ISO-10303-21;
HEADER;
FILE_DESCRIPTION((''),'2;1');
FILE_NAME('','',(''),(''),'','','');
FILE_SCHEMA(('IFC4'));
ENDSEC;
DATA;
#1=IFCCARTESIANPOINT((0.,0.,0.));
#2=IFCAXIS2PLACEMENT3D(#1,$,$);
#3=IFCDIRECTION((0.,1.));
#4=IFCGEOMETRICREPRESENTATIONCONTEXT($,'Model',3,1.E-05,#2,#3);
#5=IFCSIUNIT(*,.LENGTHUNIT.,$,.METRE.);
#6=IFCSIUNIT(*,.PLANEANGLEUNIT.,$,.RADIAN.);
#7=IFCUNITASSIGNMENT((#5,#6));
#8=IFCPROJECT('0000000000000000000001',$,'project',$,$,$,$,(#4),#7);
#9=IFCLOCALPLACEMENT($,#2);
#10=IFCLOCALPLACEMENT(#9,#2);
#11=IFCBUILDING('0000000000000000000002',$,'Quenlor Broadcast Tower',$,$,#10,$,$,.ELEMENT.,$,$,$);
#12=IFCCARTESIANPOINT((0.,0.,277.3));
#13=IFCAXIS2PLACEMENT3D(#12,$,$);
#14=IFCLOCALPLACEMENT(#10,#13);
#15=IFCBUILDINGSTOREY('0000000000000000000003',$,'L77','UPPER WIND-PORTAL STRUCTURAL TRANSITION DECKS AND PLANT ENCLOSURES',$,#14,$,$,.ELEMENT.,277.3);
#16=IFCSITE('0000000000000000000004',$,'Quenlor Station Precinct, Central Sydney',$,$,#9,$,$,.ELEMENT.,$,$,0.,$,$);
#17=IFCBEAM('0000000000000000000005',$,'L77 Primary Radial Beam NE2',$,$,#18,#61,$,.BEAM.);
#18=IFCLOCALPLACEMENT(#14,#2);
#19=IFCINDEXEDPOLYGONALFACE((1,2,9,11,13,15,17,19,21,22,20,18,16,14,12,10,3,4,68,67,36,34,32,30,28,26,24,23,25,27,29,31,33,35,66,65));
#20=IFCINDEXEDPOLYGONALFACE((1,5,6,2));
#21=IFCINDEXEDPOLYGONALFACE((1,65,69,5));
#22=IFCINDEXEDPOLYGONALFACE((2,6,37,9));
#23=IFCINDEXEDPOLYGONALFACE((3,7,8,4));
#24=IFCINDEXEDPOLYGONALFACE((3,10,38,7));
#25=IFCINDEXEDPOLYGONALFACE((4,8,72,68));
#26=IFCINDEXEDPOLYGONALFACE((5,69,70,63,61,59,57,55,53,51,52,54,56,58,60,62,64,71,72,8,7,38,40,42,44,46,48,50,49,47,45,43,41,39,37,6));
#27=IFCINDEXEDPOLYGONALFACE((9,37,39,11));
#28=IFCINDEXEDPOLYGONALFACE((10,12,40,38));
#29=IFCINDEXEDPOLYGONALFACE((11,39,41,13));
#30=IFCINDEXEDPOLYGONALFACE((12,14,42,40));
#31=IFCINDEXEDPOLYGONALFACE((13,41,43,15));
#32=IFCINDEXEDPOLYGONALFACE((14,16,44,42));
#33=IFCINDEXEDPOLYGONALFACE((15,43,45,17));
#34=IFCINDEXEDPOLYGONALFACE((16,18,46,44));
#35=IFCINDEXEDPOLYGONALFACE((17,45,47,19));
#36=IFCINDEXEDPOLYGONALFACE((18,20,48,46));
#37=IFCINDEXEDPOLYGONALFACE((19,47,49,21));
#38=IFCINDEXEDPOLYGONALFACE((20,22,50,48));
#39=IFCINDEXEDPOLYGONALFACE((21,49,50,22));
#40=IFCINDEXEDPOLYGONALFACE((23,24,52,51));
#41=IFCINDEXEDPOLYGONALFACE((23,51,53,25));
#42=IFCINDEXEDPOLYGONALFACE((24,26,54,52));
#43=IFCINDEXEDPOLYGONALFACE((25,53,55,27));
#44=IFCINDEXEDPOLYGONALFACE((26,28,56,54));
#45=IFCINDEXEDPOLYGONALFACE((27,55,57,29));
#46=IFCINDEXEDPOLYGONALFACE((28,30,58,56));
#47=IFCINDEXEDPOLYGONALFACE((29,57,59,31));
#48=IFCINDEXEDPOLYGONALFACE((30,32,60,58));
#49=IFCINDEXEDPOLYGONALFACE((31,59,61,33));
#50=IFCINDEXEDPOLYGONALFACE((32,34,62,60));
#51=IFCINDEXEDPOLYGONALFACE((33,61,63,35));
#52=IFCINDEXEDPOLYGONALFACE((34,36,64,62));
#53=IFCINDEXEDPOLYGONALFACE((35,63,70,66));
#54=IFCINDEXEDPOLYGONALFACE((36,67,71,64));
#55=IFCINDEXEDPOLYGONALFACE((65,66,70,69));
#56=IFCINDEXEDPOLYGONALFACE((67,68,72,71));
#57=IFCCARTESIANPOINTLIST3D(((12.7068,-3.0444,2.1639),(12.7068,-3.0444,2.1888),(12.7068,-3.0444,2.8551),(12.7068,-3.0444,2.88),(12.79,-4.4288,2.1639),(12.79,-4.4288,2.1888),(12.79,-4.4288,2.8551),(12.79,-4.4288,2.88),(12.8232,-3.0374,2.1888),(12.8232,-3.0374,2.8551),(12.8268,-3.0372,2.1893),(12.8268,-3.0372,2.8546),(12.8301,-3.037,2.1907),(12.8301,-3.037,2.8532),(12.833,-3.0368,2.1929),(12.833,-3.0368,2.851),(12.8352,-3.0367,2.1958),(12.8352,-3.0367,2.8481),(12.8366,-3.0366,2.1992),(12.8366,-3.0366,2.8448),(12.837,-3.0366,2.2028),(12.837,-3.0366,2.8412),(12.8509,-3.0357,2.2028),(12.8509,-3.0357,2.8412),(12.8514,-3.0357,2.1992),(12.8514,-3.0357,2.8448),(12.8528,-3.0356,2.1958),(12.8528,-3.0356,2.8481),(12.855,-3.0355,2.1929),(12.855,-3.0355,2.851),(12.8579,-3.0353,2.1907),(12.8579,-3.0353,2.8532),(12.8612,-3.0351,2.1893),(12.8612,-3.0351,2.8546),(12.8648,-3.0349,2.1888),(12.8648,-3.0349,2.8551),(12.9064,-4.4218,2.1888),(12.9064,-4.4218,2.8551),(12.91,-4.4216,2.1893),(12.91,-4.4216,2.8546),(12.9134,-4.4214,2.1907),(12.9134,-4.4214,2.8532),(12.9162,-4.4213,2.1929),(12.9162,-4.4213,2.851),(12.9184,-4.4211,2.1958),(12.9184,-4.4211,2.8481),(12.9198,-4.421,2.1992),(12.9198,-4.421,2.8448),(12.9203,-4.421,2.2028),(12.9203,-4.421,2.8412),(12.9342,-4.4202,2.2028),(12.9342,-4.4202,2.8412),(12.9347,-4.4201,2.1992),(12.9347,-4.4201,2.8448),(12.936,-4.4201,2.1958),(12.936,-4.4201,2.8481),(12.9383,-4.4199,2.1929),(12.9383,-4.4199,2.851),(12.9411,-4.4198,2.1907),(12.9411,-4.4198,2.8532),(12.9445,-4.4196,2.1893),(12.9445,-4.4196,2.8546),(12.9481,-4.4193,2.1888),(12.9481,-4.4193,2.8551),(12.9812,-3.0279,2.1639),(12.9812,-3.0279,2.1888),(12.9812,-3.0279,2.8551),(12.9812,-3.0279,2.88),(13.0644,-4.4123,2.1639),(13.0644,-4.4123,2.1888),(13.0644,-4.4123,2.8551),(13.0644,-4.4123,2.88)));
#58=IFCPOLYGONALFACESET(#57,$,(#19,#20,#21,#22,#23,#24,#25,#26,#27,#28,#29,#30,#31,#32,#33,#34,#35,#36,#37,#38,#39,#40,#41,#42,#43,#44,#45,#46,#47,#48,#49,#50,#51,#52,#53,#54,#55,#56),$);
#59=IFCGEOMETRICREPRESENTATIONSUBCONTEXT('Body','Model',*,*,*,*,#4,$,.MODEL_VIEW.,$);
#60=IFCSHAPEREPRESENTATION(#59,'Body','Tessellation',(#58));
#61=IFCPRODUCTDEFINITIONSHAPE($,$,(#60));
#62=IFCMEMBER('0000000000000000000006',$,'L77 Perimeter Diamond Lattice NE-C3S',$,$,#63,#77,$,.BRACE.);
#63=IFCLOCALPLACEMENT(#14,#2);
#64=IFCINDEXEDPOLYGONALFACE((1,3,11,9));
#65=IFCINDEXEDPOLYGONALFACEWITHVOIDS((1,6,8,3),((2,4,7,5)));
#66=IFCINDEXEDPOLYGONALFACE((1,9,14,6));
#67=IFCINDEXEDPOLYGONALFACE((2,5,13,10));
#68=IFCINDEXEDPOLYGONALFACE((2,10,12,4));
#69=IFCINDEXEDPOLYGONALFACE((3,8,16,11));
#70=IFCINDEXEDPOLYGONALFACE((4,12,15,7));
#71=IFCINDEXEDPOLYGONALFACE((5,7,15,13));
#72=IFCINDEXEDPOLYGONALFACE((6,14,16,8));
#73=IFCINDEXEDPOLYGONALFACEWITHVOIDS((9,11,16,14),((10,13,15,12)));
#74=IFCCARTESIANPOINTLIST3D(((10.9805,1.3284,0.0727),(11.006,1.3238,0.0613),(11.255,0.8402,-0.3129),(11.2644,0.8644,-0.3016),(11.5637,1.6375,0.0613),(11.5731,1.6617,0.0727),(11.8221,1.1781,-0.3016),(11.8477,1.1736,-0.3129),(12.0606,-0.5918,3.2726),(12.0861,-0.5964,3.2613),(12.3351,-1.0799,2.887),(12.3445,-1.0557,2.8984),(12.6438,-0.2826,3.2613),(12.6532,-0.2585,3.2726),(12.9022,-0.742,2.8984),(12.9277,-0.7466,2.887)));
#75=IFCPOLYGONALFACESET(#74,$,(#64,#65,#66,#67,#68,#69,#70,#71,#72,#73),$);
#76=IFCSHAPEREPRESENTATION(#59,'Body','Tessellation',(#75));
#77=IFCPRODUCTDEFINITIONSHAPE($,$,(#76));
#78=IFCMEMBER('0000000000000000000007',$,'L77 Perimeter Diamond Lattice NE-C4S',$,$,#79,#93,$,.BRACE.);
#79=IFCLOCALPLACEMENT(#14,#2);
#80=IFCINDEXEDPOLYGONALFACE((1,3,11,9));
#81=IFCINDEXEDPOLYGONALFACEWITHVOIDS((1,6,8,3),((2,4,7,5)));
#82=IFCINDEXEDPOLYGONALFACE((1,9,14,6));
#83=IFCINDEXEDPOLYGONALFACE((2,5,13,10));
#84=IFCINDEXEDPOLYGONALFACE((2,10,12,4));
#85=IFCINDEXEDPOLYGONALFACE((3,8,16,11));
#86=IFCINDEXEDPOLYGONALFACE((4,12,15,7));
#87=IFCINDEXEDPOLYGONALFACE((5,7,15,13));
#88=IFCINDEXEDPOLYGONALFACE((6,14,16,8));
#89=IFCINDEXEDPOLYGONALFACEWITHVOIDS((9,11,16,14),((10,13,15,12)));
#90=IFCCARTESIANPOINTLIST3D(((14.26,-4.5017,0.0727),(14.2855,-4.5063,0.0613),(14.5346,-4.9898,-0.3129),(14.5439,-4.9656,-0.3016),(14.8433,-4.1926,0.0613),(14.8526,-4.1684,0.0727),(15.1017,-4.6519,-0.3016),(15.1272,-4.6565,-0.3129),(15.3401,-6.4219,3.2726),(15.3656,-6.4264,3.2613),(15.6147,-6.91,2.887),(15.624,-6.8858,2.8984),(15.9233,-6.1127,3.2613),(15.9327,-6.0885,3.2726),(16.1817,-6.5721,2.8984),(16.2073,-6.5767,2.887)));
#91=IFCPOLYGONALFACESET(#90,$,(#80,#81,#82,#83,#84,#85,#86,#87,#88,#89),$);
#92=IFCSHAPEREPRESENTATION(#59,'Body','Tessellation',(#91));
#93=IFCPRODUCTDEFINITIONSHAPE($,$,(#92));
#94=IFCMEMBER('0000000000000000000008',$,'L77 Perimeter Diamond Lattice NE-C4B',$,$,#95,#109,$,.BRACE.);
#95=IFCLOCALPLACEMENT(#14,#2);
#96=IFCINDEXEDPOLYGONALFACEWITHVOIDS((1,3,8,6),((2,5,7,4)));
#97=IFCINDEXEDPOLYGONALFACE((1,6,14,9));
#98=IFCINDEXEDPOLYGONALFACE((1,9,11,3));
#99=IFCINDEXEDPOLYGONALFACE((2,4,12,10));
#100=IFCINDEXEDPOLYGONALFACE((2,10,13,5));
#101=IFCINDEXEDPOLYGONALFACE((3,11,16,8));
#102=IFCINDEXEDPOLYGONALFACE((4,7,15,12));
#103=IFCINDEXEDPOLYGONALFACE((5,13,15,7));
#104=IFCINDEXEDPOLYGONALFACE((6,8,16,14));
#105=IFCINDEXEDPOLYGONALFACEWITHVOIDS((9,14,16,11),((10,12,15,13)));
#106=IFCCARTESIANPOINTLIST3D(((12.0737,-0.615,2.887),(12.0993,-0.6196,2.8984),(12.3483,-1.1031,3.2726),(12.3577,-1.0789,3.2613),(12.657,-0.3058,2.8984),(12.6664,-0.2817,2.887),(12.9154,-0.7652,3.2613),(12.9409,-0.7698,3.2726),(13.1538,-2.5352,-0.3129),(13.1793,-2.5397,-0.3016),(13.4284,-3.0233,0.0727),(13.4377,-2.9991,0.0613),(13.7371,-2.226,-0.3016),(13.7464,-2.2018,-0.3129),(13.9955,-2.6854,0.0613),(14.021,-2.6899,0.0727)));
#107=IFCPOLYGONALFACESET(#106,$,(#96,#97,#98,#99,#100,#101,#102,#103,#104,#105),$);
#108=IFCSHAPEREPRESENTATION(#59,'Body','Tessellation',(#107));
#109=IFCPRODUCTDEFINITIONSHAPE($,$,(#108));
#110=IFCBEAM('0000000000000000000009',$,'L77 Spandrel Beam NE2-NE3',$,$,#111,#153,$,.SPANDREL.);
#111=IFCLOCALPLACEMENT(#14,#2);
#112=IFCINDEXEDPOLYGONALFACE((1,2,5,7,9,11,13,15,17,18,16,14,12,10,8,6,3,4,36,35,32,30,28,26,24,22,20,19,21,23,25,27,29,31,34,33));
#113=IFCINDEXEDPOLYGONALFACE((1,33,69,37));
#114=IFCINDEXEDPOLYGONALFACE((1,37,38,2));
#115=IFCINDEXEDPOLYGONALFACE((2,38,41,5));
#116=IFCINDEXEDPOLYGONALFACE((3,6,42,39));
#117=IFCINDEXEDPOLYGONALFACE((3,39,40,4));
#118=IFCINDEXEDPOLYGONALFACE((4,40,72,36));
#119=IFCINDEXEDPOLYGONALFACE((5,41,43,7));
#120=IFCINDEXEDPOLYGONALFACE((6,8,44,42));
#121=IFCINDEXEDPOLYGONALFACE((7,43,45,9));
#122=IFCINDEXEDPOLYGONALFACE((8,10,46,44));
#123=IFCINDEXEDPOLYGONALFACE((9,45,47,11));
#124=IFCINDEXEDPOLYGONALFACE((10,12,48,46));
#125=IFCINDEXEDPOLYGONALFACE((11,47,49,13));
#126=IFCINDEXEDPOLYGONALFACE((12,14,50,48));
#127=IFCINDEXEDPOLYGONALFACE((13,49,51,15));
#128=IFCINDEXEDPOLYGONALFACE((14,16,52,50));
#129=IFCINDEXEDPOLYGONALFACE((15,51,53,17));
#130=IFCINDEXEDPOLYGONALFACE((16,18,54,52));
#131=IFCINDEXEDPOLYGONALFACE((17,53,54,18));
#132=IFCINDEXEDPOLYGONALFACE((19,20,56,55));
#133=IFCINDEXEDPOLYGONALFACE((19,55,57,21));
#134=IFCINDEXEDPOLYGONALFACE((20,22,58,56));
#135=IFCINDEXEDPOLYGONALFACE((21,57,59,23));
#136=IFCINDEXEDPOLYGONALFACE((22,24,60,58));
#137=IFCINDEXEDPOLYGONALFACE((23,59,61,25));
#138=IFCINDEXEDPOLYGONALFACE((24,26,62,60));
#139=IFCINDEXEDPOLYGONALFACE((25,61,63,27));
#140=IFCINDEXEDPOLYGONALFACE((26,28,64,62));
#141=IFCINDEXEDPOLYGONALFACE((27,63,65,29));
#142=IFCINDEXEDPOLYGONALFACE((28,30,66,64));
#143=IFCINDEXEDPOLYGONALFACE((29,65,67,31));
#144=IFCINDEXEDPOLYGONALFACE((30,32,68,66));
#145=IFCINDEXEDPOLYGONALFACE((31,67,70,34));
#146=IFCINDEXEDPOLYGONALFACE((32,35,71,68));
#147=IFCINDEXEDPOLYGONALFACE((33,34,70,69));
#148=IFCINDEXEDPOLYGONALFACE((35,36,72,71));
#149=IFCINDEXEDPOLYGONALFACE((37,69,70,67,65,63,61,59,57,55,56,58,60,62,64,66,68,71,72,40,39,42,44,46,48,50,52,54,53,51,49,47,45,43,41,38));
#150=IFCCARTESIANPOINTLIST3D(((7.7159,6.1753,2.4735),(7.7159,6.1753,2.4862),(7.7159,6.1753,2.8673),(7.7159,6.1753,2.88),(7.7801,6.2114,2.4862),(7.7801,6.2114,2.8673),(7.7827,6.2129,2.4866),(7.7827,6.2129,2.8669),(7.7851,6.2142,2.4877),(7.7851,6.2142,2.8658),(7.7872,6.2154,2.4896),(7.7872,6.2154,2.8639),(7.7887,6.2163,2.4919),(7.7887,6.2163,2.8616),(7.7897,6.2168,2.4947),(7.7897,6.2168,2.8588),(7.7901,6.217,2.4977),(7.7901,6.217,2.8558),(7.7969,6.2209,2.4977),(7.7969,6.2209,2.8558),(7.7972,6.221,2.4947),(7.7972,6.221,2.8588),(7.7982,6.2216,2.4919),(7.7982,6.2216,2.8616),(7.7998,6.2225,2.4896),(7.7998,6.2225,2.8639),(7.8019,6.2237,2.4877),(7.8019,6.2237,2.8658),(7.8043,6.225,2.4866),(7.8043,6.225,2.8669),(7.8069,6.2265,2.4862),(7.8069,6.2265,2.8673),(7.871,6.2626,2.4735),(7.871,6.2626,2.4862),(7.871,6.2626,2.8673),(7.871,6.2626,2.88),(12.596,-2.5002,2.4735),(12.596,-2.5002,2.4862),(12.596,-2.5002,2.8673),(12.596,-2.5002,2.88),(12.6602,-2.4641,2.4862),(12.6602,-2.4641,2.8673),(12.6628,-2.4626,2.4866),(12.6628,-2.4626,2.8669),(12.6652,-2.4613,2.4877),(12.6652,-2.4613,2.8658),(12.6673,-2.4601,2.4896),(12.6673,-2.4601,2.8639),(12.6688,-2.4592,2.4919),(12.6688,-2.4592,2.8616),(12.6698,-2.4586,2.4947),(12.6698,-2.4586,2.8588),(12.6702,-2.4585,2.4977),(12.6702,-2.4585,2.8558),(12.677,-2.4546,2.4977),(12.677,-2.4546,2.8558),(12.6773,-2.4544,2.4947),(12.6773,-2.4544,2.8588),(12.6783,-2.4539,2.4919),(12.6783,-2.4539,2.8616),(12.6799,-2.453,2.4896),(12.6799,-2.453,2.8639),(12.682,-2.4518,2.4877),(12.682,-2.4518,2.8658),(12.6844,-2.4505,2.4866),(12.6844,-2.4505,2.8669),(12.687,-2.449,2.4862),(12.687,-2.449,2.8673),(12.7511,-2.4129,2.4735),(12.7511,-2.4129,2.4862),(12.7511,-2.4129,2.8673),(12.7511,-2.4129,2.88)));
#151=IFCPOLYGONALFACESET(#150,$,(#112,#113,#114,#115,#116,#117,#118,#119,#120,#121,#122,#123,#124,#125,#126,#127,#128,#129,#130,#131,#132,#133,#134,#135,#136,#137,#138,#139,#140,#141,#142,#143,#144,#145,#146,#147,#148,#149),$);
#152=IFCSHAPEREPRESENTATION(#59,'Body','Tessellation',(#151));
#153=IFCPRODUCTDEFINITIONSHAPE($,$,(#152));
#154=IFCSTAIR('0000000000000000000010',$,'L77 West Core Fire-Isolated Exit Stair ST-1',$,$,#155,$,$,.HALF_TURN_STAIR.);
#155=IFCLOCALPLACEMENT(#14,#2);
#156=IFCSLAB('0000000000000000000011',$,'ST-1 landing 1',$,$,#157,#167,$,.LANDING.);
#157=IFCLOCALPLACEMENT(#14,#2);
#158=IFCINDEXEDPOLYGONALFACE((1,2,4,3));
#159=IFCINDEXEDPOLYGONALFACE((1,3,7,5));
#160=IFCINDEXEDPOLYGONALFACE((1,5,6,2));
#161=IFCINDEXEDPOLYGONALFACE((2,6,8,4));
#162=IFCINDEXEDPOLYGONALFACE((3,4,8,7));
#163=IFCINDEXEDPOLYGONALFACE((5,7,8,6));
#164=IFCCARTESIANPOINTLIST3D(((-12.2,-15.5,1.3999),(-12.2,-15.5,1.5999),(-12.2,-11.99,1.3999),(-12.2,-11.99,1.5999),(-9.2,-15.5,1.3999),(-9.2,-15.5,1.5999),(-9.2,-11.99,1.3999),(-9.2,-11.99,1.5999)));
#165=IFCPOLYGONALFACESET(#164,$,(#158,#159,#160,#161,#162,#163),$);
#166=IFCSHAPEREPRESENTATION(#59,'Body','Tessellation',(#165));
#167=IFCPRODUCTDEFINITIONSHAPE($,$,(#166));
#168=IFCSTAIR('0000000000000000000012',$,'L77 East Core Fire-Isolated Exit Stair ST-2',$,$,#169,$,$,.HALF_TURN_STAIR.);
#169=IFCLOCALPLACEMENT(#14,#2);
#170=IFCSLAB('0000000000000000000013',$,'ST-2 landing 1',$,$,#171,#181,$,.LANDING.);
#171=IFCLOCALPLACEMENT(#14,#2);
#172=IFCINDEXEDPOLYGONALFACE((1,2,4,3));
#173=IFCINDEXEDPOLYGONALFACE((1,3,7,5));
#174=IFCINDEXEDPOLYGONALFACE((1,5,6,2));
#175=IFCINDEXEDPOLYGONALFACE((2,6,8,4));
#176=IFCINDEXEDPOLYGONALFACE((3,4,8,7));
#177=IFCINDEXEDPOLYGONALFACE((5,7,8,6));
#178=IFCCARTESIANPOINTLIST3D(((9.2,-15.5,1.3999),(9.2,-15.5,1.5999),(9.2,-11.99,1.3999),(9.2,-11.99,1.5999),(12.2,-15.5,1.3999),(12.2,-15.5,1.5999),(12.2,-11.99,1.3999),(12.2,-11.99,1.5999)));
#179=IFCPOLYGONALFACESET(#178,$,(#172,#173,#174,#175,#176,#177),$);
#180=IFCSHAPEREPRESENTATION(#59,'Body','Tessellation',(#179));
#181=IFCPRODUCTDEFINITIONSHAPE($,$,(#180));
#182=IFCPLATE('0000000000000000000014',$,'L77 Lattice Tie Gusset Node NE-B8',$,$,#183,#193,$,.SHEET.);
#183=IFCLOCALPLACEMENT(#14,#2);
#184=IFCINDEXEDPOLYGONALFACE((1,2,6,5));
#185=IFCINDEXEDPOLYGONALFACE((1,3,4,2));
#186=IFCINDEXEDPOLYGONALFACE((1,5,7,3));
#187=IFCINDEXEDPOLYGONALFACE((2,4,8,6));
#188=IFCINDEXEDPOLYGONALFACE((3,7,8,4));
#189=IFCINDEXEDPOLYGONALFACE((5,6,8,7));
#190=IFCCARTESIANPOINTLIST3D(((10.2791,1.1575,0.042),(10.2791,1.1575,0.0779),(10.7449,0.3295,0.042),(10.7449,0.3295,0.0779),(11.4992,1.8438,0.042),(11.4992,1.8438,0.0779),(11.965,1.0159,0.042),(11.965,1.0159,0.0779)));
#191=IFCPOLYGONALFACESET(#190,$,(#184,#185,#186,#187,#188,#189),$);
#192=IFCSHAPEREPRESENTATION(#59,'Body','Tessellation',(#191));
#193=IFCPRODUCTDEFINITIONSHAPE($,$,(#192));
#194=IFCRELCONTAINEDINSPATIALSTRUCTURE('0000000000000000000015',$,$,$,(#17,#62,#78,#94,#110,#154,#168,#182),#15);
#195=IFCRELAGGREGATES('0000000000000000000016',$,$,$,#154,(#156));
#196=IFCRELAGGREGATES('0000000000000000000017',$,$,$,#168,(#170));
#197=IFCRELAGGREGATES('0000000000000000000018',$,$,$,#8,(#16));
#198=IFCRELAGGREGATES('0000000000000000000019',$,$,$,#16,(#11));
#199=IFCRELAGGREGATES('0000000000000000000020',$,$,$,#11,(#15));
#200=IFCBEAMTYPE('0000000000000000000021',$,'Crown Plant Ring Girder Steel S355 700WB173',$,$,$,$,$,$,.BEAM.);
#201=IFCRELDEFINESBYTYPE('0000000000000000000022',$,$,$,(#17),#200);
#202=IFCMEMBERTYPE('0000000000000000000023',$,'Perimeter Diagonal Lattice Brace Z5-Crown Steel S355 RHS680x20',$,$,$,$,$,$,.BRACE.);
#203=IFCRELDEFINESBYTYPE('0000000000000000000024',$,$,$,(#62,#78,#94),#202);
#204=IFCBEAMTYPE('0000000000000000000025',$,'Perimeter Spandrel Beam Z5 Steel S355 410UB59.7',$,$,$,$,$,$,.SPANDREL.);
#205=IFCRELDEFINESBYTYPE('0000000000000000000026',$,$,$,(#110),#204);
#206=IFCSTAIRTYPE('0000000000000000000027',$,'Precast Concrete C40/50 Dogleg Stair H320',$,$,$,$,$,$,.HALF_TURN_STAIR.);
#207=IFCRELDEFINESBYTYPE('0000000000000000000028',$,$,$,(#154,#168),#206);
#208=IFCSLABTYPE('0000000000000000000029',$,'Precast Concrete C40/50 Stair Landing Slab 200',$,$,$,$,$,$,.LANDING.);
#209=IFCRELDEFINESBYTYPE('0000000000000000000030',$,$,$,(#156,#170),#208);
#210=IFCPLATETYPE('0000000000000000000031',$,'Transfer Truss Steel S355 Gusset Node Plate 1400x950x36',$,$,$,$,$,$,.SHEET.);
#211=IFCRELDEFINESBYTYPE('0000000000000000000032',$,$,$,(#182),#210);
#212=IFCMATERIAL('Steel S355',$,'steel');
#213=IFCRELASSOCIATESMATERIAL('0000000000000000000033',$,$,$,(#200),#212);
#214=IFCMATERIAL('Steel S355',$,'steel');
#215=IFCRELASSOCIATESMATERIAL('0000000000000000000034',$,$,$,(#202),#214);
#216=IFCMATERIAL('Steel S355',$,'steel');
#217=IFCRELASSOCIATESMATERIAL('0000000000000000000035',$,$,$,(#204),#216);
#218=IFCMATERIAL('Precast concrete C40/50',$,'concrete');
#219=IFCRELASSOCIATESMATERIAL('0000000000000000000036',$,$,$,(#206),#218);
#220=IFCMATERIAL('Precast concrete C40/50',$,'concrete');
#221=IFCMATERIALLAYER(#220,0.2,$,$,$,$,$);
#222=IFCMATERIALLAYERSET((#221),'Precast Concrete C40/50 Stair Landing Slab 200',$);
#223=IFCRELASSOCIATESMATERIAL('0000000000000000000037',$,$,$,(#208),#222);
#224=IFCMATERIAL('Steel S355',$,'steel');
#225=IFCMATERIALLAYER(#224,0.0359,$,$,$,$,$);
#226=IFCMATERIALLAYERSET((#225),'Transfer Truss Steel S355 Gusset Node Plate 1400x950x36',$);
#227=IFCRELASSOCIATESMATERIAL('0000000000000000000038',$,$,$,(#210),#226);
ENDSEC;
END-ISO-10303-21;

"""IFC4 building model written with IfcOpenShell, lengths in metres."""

from ifc_helpers import new_model, si_unit, direction, frame, origin, origin_2d, place, context, subcontext, project, spatial, polyline, rectangle, hollow_rectangle, i_section, outline, extrude, material, layer, layer_set, material_profile, profile_set, type_object, element, aggregate, save


model = new_model("IFC4")

# Units and contexts
model_context = context("Model", 3, precision=1e-05, world=origin(), true_north=direction((0.0, 1.0)))
body_context = subcontext(model_context, "Body", "Model", "MODEL_VIEW")
ifc_project = project(units=[si_unit("LENGTHUNIT", "METRE"), si_unit("PLANEANGLEUNIT", "RADIAN")], contexts=[model_context])

# Site, building, storey
site_placement = place(None, origin())
site = spatial("IfcSite", under=ifc_project, at=site_placement, Name="Quenlor Station Precinct, Central Sydney", CompositionType="ELEMENT", RefElevation=0.0)
building_placement = place(site_placement, origin())
building = spatial("IfcBuilding", under=site, at=building_placement, Name="Quenlor Broadcast Tower", CompositionType="ELEMENT")
storey_placement = place(building_placement, frame((0.0, 0.0, 277.3)))
storey = spatial("IfcBuildingStorey", under=building, at=storey_placement, Name="L77", Description="UPPER WIND-PORTAL STRUCTURAL TRANSITION DECKS AND PLANT ENCLOSURES", CompositionType="ELEMENT", Elevation=277.3)

# Beam
ifc_material_1 = material(Name="Steel S355", Category="steel")
ifc_material_profile_1 = material_profile(ifc_material_1, i_section(OverallWidth=0.2749, OverallDepth=0.7161, WebThickness=0.0139, FlangeThickness=0.0249, FilletRadius=0.0139, at=origin_2d()))
ifc_profile_set_1 = profile_set([ifc_material_profile_1], Name="Steel S355 700WB173")
beam_type_1 = type_object("IfcBeamType", Name="Crown Plant Ring Girder Steel S355 700WB173", PredefinedType="BEAM", material=ifc_profile_set_1)
beam_1_placement = place(storey_placement, frame((12.844, -3.0361, 2.522), z_axis=(0.060022, -0.998197, 0.0), x_axis=(0.998197, 0.060022, 0.0)))
element("IfcBeam", 1, at=beam_1_placement, inside=storey, type_object=beam_type_1, Name="L77 Primary Radial Beam NE2", PredefinedType="BEAM", context=body_context, shape_type="SweptSolid", body=[
    extrude(i_section(OverallWidth=0.2749, OverallDepth=0.7161, WebThickness=0.0139, FlangeThickness=0.0249, FilletRadius=0.0139, at=origin_2d()), origin(), (0.0, 0.0, 1.0), 1.387),
])

# Members
ifc_material_2 = material(Name="Steel S355", Category="steel")
ifc_material_profile_2 = material_profile(ifc_material_2, hollow_rectangle(XDim=0.6799, YDim=0.6799, WallThickness=0.02, at=origin_2d()))
ifc_profile_set_2 = profile_set([ifc_material_profile_2], Name="Steel S355 RHS680x680x20")
member_type = type_object("IfcMemberType", Name="Perimeter Diagonal Lattice Brace Z5-Crown Steel S355 RHS680x20", PredefinedType="BRACE", material=ifc_profile_set_2)
for number, where, z_axis, x_axis, name in (
    (2, (11.4141, 1.251, -0.1201), (0.278012, -0.49425, 0.823666), (0.871578, 0.490256, 0.0), "L77 Perimeter Diamond Lattice NE-C3S"),
    (3, (14.6936, -4.5791, -0.1201), (0.278012, -0.49425, 0.823666), (0.871578, 0.490256, 0.0), "L77 Perimeter Diamond Lattice NE-C4S"),
    (4, (13.5874, -2.6125, -0.1201), (-0.278012, 0.49425, 0.823666), (-0.871578, -0.490256, 0.0), "L77 Perimeter Diamond Lattice NE-C4B"),
):
    element("IfcMember", number, at=place(storey_placement, frame(where, z_axis=z_axis, x_axis=x_axis)), inside=storey, type_object=member_type, Name=name, PredefinedType="BRACE", context=body_context, shape_type="SweptSolid", body=[
        extrude(hollow_rectangle(XDim=0.6799, YDim=0.6799, WallThickness=0.02, at=origin_2d()), origin(), (0.0, 0.0, 1.0), 3.885),
    ])

# Beam
ifc_material_3 = material(Name="Steel S355", Category="steel")
ifc_material_profile_3 = material_profile(ifc_material_3, i_section(OverallWidth=0.178, OverallDepth=0.4065, WebThickness=0.0078, FlangeThickness=0.0127, FilletRadius=0.0115, at=origin_2d()))
ifc_profile_set_3 = profile_set([ifc_material_profile_3], Name="Steel S355 410UB59.7")
beam_type_2 = type_object("IfcBeamType", Name="Perimeter Spandrel Beam Z5 Steel S355 410UB59.7", PredefinedType="SPANDREL", material=ifc_profile_set_3)
beam_2_placement = place(storey_placement, frame((12.6736, -2.4565, 2.6768), z_axis=(-0.490272, 0.87157, 0.0), x_axis=(-0.87157, -0.490272, 0.0)))
element("IfcBeam", 5, at=beam_2_placement, inside=storey, type_object=beam_type_2, Name="L77 Spandrel Beam NE2-NE3", PredefinedType="SPANDREL", context=body_context, shape_type="SweptSolid", body=[
    extrude(i_section(OverallWidth=0.178, OverallDepth=0.4065, WebThickness=0.0078, FlangeThickness=0.0127, FilletRadius=0.0115, at=origin_2d()), origin(), (0.0, 0.0, 1.0), 9.9539),
])

# Stairs, slabs
ifc_material_4 = material(Name="Precast concrete C40/50", Category="concrete")
stair_type = type_object("IfcStairType", Name="Precast Concrete C40/50 Dogleg Stair H320", PredefinedType="HALF_TURN_STAIR", material=ifc_material_4)
stair_1_placement = place(storey_placement, origin())
stair_1 = element("IfcStair", 6, at=stair_1_placement, inside=storey, type_object=stair_type, Name="L77 West Core Fire-Isolated Exit Stair ST-1", PredefinedType="HALF_TURN_STAIR")
ifc_material_5 = material(Name="Precast concrete C40/50", Category="concrete")
ifc_layer_1 = layer(ifc_material_5, 0.2)
ifc_layer_set_1 = layer_set([ifc_layer_1], Name="Precast Concrete C40/50 Stair Landing Slab 200")
slab_type = type_object("IfcSlabType", Name="Precast Concrete C40/50 Stair Landing Slab 200", PredefinedType="LANDING", material=ifc_layer_set_1)
slab_1_placement = place(storey_placement, frame((0.0, 0.0, 1.3999)))
slab_1 = element("IfcSlab", 7, at=slab_1_placement, type_object=slab_type, Name="ST-1 landing 1", PredefinedType="LANDING", context=body_context, shape_type="SweptSolid", body=[
    extrude(outline(polyline([(-12.2, -11.99), (-12.2, -15.5), (-9.2, -15.5), (-9.2, -11.99), (-12.2, -11.99)])), origin(), (0.0, 0.0, 1.0), 0.2),
])
aggregate(stair_1, [slab_1])
stair_2_placement = place(storey_placement, origin())
stair_2 = element("IfcStair", 8, at=stair_2_placement, inside=storey, type_object=stair_type, Name="L77 East Core Fire-Isolated Exit Stair ST-2", PredefinedType="HALF_TURN_STAIR")
slab_2_placement = place(storey_placement, frame((0.0, 0.0, 1.3999)))
slab_2 = element("IfcSlab", 9, at=slab_2_placement, type_object=slab_type, Name="ST-2 landing 1", PredefinedType="LANDING", context=body_context, shape_type="SweptSolid", body=[
    extrude(outline(polyline([(9.2, -11.99), (9.2, -15.5), (12.2, -15.5), (12.2, -11.99), (9.2, -11.99)])), origin(), (0.0, 0.0, 1.0), 0.2),
])
aggregate(stair_2, [slab_2])

# Plate
ifc_material_6 = material(Name="Steel S355", Category="steel")
ifc_layer_2 = layer(ifc_material_6, 0.0359)
ifc_layer_set_2 = layer_set([ifc_layer_2], Name="Transfer Truss Steel S355 Gusset Node Plate 1400x950x36")
plate_type = type_object("IfcPlateType", Name="Transfer Truss Steel S355 Gusset Node Plate 1400x950x36", PredefinedType="SHEET", material=ifc_layer_set_2)
for number, where, z_axis, x_axis, name in (
    (10, (11.1221, 1.0867, 0.042), (0.0, 0.0, 1.0), (0.871556, 0.490295, 0.0), "L77 Lattice Tie Gusset Node NE-B8"),
):
    element("IfcPlate", number, at=place(storey_placement, frame(where, z_axis=z_axis, x_axis=x_axis)), inside=storey, type_object=plate_type, Name=name, PredefinedType="SHEET", context=body_context, shape_type="SweptSolid", body=[
        extrude(rectangle(XDim=1.3999, YDim=0.95, at=origin_2d()), origin(), (0.0, 0.0, 1.0), 0.0359),
    ])

save(model, "model.ifc")
